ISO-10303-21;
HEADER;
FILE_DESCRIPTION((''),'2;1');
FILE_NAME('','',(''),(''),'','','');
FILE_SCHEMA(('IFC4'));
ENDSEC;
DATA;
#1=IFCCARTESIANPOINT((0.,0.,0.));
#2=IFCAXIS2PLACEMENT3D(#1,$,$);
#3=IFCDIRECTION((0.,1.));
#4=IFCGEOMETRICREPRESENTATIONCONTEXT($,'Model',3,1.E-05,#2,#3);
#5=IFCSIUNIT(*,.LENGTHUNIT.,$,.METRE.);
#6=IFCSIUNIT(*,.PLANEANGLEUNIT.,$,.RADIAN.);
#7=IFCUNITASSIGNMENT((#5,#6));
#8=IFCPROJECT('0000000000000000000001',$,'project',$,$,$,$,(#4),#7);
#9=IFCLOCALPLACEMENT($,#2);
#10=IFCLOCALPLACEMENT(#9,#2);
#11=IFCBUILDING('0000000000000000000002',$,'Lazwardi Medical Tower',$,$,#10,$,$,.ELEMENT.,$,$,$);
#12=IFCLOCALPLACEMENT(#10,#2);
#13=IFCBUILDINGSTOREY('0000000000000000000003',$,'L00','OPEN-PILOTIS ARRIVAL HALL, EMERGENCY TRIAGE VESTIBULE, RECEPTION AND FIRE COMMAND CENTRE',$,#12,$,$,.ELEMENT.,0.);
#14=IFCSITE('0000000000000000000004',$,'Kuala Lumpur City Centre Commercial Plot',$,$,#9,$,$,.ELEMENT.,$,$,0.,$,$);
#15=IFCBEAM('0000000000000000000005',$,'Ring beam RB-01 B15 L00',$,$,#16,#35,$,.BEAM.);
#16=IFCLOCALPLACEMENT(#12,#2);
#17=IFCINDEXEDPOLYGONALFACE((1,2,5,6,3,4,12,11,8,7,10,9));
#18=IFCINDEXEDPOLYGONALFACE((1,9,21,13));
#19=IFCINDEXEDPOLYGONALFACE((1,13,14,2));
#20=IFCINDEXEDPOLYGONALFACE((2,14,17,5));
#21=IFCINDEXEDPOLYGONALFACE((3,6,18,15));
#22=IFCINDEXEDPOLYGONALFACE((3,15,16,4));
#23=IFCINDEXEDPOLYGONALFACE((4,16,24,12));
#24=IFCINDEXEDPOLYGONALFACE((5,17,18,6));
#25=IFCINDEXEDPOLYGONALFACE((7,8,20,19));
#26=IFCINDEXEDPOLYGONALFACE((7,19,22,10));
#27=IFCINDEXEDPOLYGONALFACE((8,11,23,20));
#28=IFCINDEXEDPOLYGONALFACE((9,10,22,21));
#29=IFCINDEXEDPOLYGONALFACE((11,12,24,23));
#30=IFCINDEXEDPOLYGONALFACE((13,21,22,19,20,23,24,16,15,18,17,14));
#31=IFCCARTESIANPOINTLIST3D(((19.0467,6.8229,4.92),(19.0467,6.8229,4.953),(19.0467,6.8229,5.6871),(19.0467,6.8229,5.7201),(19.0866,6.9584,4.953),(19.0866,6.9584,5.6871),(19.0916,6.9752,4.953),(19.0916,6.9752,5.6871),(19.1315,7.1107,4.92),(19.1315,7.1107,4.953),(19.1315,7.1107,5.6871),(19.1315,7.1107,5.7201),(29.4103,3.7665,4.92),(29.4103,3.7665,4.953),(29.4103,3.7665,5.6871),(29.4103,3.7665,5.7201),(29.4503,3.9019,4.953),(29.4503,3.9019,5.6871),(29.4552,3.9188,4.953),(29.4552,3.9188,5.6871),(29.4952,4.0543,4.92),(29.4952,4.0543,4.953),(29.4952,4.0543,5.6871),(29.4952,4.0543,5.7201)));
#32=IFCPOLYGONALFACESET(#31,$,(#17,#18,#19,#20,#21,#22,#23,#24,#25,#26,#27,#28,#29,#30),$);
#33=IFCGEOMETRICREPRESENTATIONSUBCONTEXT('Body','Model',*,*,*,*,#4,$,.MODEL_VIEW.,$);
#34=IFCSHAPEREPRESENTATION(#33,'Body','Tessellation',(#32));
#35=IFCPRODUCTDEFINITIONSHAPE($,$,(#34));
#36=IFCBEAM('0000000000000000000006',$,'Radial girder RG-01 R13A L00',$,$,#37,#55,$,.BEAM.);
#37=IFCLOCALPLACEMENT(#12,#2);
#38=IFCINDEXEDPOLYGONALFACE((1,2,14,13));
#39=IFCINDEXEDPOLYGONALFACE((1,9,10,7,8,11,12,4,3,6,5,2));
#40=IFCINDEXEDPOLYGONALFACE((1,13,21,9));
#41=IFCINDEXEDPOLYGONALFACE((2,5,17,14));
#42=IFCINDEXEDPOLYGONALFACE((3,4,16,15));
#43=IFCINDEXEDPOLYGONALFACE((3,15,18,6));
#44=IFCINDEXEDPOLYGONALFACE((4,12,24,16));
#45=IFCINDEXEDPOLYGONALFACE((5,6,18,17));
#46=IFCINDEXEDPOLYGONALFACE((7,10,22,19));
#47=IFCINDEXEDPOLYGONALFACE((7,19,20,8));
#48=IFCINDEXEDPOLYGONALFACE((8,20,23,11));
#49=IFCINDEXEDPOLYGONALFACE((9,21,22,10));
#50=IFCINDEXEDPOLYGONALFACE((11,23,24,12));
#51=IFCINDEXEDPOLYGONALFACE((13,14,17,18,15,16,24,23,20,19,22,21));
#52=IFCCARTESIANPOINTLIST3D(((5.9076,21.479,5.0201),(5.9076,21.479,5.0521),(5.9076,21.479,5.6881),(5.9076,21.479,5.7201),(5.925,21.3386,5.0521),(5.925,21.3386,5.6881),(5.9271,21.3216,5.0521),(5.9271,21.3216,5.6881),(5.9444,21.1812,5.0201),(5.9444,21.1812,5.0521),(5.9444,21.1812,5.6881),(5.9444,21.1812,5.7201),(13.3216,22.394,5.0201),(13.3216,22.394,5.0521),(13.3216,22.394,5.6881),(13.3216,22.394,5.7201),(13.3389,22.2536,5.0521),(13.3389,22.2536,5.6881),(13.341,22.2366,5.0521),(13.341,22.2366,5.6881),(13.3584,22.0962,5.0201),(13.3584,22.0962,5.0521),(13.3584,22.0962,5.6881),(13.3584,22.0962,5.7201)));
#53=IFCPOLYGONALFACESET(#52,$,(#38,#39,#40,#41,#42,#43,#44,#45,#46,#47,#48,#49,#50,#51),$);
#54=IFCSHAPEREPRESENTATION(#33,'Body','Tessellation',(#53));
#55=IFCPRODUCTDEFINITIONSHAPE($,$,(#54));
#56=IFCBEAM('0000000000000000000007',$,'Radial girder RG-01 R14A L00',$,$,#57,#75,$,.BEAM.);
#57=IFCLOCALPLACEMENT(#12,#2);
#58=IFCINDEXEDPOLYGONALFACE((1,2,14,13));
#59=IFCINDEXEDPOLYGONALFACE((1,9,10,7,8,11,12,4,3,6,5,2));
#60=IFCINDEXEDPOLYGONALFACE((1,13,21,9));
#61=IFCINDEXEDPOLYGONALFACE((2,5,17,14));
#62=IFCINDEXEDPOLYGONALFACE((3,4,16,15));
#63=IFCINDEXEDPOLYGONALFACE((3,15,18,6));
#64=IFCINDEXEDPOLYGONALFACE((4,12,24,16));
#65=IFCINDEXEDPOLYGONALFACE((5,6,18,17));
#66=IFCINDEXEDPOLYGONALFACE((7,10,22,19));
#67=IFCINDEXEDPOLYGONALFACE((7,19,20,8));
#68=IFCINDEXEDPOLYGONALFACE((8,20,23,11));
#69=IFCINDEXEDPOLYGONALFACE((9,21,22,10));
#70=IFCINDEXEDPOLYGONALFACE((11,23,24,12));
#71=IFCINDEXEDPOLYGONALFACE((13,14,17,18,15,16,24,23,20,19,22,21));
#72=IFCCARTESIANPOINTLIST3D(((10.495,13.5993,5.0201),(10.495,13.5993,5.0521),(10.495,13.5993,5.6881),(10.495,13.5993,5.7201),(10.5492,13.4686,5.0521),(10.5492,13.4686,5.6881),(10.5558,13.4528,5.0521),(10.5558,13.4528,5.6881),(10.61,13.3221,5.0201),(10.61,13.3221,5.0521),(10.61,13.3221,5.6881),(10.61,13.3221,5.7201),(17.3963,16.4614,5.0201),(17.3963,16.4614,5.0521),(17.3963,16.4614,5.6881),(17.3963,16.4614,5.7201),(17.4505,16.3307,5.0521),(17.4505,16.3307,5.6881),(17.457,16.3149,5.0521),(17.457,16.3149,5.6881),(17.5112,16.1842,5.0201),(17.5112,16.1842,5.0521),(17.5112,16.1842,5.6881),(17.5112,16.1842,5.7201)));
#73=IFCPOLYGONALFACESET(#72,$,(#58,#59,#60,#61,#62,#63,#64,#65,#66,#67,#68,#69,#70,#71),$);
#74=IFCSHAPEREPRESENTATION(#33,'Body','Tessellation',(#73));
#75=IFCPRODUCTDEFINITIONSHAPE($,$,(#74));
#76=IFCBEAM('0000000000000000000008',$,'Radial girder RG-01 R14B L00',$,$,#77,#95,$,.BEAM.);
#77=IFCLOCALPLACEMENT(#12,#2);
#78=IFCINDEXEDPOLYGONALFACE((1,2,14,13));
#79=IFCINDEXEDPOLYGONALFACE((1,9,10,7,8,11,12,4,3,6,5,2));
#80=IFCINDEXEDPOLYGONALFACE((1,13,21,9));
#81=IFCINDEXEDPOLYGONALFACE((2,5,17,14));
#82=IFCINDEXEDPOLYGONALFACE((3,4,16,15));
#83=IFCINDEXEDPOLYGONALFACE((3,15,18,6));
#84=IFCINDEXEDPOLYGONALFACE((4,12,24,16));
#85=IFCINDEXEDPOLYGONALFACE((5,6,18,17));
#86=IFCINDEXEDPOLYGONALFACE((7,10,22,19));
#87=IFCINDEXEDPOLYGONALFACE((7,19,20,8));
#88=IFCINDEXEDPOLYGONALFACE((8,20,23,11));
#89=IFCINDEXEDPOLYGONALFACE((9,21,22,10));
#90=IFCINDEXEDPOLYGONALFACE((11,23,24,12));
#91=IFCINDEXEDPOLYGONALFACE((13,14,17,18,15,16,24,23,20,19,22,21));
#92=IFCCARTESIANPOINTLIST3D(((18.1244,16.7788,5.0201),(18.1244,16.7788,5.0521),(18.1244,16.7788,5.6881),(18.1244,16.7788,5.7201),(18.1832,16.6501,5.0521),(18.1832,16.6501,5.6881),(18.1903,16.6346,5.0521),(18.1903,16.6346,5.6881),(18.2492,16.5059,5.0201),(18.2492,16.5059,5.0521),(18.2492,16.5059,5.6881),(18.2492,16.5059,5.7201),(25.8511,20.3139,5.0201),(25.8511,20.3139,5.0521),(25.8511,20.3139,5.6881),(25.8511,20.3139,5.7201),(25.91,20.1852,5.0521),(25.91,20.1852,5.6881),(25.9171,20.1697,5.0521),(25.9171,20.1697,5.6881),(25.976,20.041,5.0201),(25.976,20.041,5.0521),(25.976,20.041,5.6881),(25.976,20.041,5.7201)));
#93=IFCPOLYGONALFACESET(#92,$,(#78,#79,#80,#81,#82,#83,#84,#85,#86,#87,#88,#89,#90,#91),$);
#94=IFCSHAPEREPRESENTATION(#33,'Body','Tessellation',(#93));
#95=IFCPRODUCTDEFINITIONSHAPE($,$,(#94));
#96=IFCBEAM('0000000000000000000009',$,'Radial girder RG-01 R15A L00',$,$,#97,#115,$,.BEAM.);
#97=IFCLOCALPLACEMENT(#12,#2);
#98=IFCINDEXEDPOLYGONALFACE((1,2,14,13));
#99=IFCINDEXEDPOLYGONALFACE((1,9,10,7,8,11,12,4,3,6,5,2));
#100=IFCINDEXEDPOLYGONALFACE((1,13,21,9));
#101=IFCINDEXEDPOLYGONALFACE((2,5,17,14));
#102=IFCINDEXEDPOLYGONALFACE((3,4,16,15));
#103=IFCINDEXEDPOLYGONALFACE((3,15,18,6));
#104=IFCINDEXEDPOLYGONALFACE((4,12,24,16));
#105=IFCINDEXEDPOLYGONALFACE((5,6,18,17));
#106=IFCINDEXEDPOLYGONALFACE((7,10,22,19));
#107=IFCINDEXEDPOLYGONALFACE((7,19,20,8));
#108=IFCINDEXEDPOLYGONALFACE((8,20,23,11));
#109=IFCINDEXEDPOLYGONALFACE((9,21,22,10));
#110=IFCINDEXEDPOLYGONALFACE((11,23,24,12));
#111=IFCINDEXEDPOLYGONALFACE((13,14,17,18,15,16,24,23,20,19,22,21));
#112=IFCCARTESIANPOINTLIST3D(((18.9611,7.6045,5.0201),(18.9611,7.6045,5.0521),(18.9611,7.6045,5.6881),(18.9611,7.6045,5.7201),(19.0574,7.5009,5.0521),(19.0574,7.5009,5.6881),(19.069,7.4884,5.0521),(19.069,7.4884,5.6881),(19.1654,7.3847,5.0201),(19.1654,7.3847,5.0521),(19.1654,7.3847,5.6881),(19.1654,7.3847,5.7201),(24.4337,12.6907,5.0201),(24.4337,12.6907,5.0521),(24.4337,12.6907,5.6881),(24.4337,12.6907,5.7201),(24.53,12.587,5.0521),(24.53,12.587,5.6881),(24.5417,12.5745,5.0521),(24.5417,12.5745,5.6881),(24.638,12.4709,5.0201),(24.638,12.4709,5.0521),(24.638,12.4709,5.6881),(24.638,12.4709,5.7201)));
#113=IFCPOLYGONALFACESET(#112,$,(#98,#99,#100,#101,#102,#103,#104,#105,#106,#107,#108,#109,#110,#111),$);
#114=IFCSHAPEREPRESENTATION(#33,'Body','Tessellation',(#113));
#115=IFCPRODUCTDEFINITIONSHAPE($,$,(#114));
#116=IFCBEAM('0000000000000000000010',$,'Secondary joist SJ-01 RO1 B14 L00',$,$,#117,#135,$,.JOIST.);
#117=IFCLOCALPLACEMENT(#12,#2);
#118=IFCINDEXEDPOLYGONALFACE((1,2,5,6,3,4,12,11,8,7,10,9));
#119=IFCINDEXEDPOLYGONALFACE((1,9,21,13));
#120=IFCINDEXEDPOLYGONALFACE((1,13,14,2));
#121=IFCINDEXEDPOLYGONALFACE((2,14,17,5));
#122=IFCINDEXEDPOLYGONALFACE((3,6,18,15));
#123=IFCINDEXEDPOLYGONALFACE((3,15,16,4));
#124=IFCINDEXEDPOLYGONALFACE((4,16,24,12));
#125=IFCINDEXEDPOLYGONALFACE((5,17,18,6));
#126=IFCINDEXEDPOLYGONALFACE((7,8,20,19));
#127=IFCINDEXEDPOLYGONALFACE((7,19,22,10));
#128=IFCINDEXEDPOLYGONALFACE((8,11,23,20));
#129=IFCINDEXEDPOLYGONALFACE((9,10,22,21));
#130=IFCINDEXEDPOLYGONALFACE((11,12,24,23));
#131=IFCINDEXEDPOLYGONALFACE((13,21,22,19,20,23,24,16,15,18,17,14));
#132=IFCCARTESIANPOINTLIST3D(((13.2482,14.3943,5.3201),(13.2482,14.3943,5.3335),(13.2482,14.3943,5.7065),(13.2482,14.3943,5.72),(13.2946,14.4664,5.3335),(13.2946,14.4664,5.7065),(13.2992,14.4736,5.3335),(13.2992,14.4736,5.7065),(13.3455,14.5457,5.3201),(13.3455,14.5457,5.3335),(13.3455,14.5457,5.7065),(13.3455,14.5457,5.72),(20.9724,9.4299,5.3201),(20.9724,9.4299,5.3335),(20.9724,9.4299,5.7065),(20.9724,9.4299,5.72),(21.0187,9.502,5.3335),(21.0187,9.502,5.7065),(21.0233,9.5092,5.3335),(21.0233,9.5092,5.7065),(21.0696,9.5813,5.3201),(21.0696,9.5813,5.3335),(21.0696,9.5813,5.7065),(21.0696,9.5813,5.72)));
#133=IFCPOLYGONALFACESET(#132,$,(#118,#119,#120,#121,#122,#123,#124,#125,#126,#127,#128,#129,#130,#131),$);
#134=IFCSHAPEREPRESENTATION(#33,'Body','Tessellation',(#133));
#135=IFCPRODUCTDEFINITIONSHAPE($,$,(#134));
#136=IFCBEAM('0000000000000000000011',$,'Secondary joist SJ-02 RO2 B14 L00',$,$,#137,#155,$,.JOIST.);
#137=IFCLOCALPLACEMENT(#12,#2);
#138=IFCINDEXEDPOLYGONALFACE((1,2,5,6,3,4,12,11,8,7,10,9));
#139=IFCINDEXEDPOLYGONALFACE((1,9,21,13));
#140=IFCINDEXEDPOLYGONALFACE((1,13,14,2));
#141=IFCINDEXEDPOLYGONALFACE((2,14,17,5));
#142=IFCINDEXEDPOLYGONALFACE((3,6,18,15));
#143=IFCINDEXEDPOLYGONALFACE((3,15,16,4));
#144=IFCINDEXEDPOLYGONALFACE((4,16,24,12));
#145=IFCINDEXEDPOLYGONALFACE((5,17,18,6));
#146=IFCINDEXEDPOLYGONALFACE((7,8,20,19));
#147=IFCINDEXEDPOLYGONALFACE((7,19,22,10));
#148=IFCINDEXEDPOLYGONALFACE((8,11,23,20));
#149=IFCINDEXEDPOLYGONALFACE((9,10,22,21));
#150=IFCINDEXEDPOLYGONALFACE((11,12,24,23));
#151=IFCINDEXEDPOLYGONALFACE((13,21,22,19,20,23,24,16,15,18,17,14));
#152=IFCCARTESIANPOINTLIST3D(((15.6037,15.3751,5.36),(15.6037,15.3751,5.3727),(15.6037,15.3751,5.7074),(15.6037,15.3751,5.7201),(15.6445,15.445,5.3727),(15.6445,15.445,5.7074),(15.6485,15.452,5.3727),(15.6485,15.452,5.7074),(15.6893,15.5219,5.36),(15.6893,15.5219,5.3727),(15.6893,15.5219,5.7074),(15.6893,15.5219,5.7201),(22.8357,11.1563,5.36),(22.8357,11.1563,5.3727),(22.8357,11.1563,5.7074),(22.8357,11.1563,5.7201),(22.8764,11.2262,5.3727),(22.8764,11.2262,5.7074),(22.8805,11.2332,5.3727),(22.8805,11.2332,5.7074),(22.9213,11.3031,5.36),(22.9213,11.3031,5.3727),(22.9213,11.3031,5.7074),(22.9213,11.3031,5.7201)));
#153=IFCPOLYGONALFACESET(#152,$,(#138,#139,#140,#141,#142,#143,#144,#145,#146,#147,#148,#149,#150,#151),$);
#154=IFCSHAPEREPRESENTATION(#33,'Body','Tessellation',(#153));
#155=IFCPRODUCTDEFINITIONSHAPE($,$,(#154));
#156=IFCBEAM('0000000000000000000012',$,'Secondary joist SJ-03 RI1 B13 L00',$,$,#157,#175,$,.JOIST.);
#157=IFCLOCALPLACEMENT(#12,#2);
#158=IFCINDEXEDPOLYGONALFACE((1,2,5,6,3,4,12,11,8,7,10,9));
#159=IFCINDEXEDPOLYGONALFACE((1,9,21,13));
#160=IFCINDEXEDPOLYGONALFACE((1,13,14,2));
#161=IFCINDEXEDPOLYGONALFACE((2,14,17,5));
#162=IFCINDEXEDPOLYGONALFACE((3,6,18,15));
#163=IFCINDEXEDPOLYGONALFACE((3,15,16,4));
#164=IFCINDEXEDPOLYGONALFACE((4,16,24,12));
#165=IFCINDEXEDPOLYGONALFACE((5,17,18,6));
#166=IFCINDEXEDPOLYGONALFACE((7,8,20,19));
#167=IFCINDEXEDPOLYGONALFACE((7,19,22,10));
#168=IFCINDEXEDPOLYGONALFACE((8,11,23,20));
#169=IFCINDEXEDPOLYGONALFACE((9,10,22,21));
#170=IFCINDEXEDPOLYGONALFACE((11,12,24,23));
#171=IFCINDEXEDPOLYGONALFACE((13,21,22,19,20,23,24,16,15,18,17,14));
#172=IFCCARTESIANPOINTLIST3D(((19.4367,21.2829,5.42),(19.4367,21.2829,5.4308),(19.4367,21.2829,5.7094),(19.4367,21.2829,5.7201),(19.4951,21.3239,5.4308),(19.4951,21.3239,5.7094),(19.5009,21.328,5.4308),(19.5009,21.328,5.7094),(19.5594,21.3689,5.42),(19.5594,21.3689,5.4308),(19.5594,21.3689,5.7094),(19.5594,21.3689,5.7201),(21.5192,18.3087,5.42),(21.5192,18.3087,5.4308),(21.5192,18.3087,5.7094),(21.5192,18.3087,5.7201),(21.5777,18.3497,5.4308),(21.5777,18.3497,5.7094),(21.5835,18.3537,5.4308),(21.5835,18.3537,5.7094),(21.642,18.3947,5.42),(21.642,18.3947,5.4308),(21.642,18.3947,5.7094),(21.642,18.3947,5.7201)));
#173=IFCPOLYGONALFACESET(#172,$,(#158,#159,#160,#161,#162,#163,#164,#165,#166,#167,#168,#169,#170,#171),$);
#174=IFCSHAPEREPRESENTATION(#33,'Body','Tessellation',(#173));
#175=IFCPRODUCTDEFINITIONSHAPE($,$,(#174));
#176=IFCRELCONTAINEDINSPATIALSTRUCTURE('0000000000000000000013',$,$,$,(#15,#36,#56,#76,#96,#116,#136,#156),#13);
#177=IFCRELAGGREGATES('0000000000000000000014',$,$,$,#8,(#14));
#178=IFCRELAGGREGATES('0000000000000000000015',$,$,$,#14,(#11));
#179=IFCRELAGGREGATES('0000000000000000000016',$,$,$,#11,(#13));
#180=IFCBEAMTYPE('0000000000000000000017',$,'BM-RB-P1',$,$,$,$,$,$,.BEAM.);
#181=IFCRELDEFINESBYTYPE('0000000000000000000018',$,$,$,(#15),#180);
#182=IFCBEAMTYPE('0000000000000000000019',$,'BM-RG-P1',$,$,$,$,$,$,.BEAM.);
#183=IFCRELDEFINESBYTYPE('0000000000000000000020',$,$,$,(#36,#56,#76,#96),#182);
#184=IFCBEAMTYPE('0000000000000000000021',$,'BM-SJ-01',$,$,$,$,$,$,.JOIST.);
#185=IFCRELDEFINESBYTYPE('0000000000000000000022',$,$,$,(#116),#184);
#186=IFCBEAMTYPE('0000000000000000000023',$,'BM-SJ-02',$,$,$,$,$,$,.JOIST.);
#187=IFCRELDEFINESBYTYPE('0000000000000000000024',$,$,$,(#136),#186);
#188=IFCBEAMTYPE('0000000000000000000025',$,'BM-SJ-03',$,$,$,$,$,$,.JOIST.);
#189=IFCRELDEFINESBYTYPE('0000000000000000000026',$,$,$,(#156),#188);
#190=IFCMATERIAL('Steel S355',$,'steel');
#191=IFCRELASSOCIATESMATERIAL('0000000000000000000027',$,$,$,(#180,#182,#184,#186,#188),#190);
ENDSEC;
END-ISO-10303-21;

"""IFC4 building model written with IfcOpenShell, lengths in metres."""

from ifc_helpers import new_model, si_unit, direction, frame, origin, origin_2d, place, context, subcontext, project, spatial, i_section, extrude, material, material_profile, profile_set, type_object, element, save


model = new_model("IFC4")

# Units and contexts
model_context = context("Model", 3, precision=1e-05, world=origin(), true_north=direction((0.0, 1.0)))
body_context = subcontext(model_context, "Body", "Model", "MODEL_VIEW")
ifc_project = project(units=[si_unit("LENGTHUNIT", "METRE"), si_unit("PLANEANGLEUNIT", "RADIAN")], contexts=[model_context])

# Site, building, storey
site_placement = place(None, origin())
site = spatial("IfcSite", under=ifc_project, at=site_placement, Name="Kuala Lumpur City Centre Commercial Plot", CompositionType="ELEMENT", RefElevation=0.0)
building_placement = place(site_placement, origin())
building = spatial("IfcBuilding", under=site, at=building_placement, Name="Lazwardi Medical Tower", CompositionType="ELEMENT")
storey_placement = place(building_placement, origin())
storey = spatial("IfcBuildingStorey", under=building, at=storey_placement, Name="L00", Description="OPEN-PILOTIS ARRIVAL HALL, EMERGENCY TRIAGE VESTIBULE, RECEPTION AND FIRE COMMAND CENTRE", CompositionType="ELEMENT", Elevation=0.0)

# Shared definitions
ifc_material_1 = material(Name="Steel S355", Category="steel")

# Beams
ifc_material_profile_1 = material_profile(ifc_material_1, i_section(OverallWidth=0.3, OverallDepth=0.8, WebThickness=0.0176, FlangeThickness=0.033, at=origin_2d()), Name="HEB 800")
ifc_profile_set_1 = profile_set([ifc_material_profile_1], Name="Steel S355")
beam_type_1 = type_object("IfcBeamType", Name="BM-RB-P1", PredefinedType="BEAM", material=ifc_profile_set_1)
beam_1_placement = place(storey_placement, frame((19.0891, 6.9668, 5.3201), z_axis=(0.959157, -0.282873, 0.0), x_axis=(0.282873, 0.959157, 0.0)))
element("IfcBeam", 1, at=beam_1_placement, inside=storey, type_object=beam_type_1, Name="Ring beam RB-01 B15 L00", PredefinedType="BEAM", context=body_context, shape_type="SweptSolid", body=[
    extrude(i_section(OverallWidth=0.3, OverallDepth=0.8, WebThickness=0.0176, FlangeThickness=0.033, at=origin_2d()), origin(), (0.0, 0.0, 1.0), 10.8049),
])
ifc_material_profile_2 = material_profile(ifc_material_1, i_section(OverallWidth=0.3, OverallDepth=0.7, WebThickness=0.0171, FlangeThickness=0.032, at=origin_2d()), Name="HEB 700")
ifc_profile_set_2 = profile_set([ifc_material_profile_2], Name="Steel S355")
beam_type_2 = type_object("IfcBeamType", Name="BM-RG-P1", PredefinedType="BEAM", material=ifc_profile_set_2)
beam_2_placement = place(storey_placement, frame((5.926, 21.3301, 5.3701), z_axis=(0.99247, 0.12249, 0.0), x_axis=(-0.12249, 0.99247, 0.0)))
element("IfcBeam", 2, at=beam_2_placement, inside=storey, type_object=beam_type_2, Name="Radial girder RG-01 R13A L00", PredefinedType="BEAM", context=body_context, shape_type="SweptSolid", body=[
    extrude(i_section(OverallWidth=0.3, OverallDepth=0.7, WebThickness=0.0171, FlangeThickness=0.032, at=origin_2d()), origin(), (0.0, 0.0, 1.0), 7.4702),
])
beam_3_placement = place(storey_placement, frame((10.5525, 13.4607, 5.3701), z_axis=(0.923713, 0.383086, 0.0), x_axis=(-0.383086, 0.923713, 0.0)))
element("IfcBeam", 3, at=beam_3_placement, inside=storey, type_object=beam_type_2, Name="Radial girder RG-01 R14A L00", PredefinedType="BEAM", context=body_context, shape_type="SweptSolid", body=[
    extrude(i_section(OverallWidth=0.3, OverallDepth=0.7, WebThickness=0.0171, FlangeThickness=0.032, at=origin_2d()), origin(), (0.0, 0.0, 1.0), 7.4712),
])
beam_4_placement = place(storey_placement, frame((18.1868, 16.6423, 5.3701), z_axis=(0.909345, 0.416042, 0.0), x_axis=(-0.416042, 0.909345, 0.0)))
element("IfcBeam", 4, at=beam_4_placement, inside=storey, type_object=beam_type_2, Name="Radial girder RG-01 R14B L00", PredefinedType="BEAM", context=body_context, shape_type="SweptSolid", body=[
    extrude(i_section(OverallWidth=0.3, OverallDepth=0.7, WebThickness=0.0171, FlangeThickness=0.032, at=origin_2d()), origin(), (0.0, 0.0, 1.0), 8.4971),
])
beam_5_placement = place(storey_placement, frame((19.0632, 7.4946, 5.3701), z_axis=(0.732498, 0.680769, 0.0), x_axis=(-0.680769, 0.732498, 0.0)))
element("IfcBeam", 5, at=beam_5_placement, inside=storey, type_object=beam_type_2, Name="Radial girder RG-01 R15A L00", PredefinedType="BEAM", context=body_context, shape_type="SweptSolid", body=[
    extrude(i_section(OverallWidth=0.3, OverallDepth=0.7, WebThickness=0.0171, FlangeThickness=0.032, at=origin_2d()), origin(), (0.0, 0.0, 1.0), 7.4712),
])
ifc_material_profile_3 = material_profile(ifc_material_1, i_section(OverallWidth=0.1799, OverallDepth=0.3999, WebThickness=0.0085, FlangeThickness=0.0134, at=origin_2d()), Name="IPE 400")
ifc_profile_set_3 = profile_set([ifc_material_profile_3], Name="Steel S355")
beam_type_3 = type_object("IfcBeamType", Name="BM-SJ-01", PredefinedType="JOIST", material=ifc_profile_set_3)
beam_6_placement = place(storey_placement, frame((13.2969, 14.47, 5.52), z_axis=(0.841235, -0.540669, 0.0), x_axis=(0.540669, 0.841235, 0.0)))
element("IfcBeam", 6, at=beam_6_placement, inside=storey, type_object=beam_type_3, Name="Secondary joist SJ-01 RO1 B14 L00", PredefinedType="JOIST", context=body_context, shape_type="SweptSolid", body=[
    extrude(i_section(OverallWidth=0.1799, OverallDepth=0.3999, WebThickness=0.0085, FlangeThickness=0.0134, at=origin_2d()), origin(), (0.0, 0.0, 1.0), 9.1819),
])
ifc_material_profile_4 = material_profile(ifc_material_1, i_section(OverallWidth=0.1699, OverallDepth=0.3601, WebThickness=0.0081, FlangeThickness=0.0127, at=origin_2d()), Name="IPE 360")
ifc_profile_set_4 = profile_set([ifc_material_profile_4], Name="Steel S355")
beam_type_4 = type_object("IfcBeamType", Name="BM-SJ-02", PredefinedType="JOIST", material=ifc_profile_set_4)
beam_7_placement = place(storey_placement, frame((15.6465, 15.4485, 5.54), z_axis=(0.863773, -0.503882, 0.0), x_axis=(0.503882, 0.863773, 0.0)))
element("IfcBeam", 7, at=beam_7_placement, inside=storey, type_object=beam_type_4, Name="Secondary joist SJ-02 RO2 B14 L00", PredefinedType="JOIST", context=body_context, shape_type="SweptSolid", body=[
    extrude(i_section(OverallWidth=0.1699, OverallDepth=0.3601, WebThickness=0.0081, FlangeThickness=0.0127, at=origin_2d()), origin(), (0.0, 0.0, 1.0), 8.3726),
])
ifc_material_profile_5 = material_profile(ifc_material_1, i_section(OverallWidth=0.1499, OverallDepth=0.3, WebThickness=0.0071, FlangeThickness=0.0107, at=origin_2d()), Name="IPE 300")
ifc_profile_set_5 = profile_set([ifc_material_profile_5], Name="Steel S355")
beam_type_5 = type_object("IfcBeamType", Name="BM-SJ-03", PredefinedType="JOIST", material=ifc_profile_set_5)
beam_8_placement = place(storey_placement, frame((19.498, 21.3259, 5.5701), z_axis=(0.57358, -0.81915, 0.0), x_axis=(0.81915, 0.57358, 0.0)))
element("IfcBeam", 8, at=beam_8_placement, inside=storey, type_object=beam_type_5, Name="Secondary joist SJ-03 RI1 B13 L00", PredefinedType="JOIST", context=body_context, shape_type="SweptSolid", body=[
    extrude(i_section(OverallWidth=0.1499, OverallDepth=0.3, WebThickness=0.0071, FlangeThickness=0.0107, at=origin_2d()), origin(), (0.0, 0.0, 1.0), 3.6309),
])

save(model, "model.ifc")
